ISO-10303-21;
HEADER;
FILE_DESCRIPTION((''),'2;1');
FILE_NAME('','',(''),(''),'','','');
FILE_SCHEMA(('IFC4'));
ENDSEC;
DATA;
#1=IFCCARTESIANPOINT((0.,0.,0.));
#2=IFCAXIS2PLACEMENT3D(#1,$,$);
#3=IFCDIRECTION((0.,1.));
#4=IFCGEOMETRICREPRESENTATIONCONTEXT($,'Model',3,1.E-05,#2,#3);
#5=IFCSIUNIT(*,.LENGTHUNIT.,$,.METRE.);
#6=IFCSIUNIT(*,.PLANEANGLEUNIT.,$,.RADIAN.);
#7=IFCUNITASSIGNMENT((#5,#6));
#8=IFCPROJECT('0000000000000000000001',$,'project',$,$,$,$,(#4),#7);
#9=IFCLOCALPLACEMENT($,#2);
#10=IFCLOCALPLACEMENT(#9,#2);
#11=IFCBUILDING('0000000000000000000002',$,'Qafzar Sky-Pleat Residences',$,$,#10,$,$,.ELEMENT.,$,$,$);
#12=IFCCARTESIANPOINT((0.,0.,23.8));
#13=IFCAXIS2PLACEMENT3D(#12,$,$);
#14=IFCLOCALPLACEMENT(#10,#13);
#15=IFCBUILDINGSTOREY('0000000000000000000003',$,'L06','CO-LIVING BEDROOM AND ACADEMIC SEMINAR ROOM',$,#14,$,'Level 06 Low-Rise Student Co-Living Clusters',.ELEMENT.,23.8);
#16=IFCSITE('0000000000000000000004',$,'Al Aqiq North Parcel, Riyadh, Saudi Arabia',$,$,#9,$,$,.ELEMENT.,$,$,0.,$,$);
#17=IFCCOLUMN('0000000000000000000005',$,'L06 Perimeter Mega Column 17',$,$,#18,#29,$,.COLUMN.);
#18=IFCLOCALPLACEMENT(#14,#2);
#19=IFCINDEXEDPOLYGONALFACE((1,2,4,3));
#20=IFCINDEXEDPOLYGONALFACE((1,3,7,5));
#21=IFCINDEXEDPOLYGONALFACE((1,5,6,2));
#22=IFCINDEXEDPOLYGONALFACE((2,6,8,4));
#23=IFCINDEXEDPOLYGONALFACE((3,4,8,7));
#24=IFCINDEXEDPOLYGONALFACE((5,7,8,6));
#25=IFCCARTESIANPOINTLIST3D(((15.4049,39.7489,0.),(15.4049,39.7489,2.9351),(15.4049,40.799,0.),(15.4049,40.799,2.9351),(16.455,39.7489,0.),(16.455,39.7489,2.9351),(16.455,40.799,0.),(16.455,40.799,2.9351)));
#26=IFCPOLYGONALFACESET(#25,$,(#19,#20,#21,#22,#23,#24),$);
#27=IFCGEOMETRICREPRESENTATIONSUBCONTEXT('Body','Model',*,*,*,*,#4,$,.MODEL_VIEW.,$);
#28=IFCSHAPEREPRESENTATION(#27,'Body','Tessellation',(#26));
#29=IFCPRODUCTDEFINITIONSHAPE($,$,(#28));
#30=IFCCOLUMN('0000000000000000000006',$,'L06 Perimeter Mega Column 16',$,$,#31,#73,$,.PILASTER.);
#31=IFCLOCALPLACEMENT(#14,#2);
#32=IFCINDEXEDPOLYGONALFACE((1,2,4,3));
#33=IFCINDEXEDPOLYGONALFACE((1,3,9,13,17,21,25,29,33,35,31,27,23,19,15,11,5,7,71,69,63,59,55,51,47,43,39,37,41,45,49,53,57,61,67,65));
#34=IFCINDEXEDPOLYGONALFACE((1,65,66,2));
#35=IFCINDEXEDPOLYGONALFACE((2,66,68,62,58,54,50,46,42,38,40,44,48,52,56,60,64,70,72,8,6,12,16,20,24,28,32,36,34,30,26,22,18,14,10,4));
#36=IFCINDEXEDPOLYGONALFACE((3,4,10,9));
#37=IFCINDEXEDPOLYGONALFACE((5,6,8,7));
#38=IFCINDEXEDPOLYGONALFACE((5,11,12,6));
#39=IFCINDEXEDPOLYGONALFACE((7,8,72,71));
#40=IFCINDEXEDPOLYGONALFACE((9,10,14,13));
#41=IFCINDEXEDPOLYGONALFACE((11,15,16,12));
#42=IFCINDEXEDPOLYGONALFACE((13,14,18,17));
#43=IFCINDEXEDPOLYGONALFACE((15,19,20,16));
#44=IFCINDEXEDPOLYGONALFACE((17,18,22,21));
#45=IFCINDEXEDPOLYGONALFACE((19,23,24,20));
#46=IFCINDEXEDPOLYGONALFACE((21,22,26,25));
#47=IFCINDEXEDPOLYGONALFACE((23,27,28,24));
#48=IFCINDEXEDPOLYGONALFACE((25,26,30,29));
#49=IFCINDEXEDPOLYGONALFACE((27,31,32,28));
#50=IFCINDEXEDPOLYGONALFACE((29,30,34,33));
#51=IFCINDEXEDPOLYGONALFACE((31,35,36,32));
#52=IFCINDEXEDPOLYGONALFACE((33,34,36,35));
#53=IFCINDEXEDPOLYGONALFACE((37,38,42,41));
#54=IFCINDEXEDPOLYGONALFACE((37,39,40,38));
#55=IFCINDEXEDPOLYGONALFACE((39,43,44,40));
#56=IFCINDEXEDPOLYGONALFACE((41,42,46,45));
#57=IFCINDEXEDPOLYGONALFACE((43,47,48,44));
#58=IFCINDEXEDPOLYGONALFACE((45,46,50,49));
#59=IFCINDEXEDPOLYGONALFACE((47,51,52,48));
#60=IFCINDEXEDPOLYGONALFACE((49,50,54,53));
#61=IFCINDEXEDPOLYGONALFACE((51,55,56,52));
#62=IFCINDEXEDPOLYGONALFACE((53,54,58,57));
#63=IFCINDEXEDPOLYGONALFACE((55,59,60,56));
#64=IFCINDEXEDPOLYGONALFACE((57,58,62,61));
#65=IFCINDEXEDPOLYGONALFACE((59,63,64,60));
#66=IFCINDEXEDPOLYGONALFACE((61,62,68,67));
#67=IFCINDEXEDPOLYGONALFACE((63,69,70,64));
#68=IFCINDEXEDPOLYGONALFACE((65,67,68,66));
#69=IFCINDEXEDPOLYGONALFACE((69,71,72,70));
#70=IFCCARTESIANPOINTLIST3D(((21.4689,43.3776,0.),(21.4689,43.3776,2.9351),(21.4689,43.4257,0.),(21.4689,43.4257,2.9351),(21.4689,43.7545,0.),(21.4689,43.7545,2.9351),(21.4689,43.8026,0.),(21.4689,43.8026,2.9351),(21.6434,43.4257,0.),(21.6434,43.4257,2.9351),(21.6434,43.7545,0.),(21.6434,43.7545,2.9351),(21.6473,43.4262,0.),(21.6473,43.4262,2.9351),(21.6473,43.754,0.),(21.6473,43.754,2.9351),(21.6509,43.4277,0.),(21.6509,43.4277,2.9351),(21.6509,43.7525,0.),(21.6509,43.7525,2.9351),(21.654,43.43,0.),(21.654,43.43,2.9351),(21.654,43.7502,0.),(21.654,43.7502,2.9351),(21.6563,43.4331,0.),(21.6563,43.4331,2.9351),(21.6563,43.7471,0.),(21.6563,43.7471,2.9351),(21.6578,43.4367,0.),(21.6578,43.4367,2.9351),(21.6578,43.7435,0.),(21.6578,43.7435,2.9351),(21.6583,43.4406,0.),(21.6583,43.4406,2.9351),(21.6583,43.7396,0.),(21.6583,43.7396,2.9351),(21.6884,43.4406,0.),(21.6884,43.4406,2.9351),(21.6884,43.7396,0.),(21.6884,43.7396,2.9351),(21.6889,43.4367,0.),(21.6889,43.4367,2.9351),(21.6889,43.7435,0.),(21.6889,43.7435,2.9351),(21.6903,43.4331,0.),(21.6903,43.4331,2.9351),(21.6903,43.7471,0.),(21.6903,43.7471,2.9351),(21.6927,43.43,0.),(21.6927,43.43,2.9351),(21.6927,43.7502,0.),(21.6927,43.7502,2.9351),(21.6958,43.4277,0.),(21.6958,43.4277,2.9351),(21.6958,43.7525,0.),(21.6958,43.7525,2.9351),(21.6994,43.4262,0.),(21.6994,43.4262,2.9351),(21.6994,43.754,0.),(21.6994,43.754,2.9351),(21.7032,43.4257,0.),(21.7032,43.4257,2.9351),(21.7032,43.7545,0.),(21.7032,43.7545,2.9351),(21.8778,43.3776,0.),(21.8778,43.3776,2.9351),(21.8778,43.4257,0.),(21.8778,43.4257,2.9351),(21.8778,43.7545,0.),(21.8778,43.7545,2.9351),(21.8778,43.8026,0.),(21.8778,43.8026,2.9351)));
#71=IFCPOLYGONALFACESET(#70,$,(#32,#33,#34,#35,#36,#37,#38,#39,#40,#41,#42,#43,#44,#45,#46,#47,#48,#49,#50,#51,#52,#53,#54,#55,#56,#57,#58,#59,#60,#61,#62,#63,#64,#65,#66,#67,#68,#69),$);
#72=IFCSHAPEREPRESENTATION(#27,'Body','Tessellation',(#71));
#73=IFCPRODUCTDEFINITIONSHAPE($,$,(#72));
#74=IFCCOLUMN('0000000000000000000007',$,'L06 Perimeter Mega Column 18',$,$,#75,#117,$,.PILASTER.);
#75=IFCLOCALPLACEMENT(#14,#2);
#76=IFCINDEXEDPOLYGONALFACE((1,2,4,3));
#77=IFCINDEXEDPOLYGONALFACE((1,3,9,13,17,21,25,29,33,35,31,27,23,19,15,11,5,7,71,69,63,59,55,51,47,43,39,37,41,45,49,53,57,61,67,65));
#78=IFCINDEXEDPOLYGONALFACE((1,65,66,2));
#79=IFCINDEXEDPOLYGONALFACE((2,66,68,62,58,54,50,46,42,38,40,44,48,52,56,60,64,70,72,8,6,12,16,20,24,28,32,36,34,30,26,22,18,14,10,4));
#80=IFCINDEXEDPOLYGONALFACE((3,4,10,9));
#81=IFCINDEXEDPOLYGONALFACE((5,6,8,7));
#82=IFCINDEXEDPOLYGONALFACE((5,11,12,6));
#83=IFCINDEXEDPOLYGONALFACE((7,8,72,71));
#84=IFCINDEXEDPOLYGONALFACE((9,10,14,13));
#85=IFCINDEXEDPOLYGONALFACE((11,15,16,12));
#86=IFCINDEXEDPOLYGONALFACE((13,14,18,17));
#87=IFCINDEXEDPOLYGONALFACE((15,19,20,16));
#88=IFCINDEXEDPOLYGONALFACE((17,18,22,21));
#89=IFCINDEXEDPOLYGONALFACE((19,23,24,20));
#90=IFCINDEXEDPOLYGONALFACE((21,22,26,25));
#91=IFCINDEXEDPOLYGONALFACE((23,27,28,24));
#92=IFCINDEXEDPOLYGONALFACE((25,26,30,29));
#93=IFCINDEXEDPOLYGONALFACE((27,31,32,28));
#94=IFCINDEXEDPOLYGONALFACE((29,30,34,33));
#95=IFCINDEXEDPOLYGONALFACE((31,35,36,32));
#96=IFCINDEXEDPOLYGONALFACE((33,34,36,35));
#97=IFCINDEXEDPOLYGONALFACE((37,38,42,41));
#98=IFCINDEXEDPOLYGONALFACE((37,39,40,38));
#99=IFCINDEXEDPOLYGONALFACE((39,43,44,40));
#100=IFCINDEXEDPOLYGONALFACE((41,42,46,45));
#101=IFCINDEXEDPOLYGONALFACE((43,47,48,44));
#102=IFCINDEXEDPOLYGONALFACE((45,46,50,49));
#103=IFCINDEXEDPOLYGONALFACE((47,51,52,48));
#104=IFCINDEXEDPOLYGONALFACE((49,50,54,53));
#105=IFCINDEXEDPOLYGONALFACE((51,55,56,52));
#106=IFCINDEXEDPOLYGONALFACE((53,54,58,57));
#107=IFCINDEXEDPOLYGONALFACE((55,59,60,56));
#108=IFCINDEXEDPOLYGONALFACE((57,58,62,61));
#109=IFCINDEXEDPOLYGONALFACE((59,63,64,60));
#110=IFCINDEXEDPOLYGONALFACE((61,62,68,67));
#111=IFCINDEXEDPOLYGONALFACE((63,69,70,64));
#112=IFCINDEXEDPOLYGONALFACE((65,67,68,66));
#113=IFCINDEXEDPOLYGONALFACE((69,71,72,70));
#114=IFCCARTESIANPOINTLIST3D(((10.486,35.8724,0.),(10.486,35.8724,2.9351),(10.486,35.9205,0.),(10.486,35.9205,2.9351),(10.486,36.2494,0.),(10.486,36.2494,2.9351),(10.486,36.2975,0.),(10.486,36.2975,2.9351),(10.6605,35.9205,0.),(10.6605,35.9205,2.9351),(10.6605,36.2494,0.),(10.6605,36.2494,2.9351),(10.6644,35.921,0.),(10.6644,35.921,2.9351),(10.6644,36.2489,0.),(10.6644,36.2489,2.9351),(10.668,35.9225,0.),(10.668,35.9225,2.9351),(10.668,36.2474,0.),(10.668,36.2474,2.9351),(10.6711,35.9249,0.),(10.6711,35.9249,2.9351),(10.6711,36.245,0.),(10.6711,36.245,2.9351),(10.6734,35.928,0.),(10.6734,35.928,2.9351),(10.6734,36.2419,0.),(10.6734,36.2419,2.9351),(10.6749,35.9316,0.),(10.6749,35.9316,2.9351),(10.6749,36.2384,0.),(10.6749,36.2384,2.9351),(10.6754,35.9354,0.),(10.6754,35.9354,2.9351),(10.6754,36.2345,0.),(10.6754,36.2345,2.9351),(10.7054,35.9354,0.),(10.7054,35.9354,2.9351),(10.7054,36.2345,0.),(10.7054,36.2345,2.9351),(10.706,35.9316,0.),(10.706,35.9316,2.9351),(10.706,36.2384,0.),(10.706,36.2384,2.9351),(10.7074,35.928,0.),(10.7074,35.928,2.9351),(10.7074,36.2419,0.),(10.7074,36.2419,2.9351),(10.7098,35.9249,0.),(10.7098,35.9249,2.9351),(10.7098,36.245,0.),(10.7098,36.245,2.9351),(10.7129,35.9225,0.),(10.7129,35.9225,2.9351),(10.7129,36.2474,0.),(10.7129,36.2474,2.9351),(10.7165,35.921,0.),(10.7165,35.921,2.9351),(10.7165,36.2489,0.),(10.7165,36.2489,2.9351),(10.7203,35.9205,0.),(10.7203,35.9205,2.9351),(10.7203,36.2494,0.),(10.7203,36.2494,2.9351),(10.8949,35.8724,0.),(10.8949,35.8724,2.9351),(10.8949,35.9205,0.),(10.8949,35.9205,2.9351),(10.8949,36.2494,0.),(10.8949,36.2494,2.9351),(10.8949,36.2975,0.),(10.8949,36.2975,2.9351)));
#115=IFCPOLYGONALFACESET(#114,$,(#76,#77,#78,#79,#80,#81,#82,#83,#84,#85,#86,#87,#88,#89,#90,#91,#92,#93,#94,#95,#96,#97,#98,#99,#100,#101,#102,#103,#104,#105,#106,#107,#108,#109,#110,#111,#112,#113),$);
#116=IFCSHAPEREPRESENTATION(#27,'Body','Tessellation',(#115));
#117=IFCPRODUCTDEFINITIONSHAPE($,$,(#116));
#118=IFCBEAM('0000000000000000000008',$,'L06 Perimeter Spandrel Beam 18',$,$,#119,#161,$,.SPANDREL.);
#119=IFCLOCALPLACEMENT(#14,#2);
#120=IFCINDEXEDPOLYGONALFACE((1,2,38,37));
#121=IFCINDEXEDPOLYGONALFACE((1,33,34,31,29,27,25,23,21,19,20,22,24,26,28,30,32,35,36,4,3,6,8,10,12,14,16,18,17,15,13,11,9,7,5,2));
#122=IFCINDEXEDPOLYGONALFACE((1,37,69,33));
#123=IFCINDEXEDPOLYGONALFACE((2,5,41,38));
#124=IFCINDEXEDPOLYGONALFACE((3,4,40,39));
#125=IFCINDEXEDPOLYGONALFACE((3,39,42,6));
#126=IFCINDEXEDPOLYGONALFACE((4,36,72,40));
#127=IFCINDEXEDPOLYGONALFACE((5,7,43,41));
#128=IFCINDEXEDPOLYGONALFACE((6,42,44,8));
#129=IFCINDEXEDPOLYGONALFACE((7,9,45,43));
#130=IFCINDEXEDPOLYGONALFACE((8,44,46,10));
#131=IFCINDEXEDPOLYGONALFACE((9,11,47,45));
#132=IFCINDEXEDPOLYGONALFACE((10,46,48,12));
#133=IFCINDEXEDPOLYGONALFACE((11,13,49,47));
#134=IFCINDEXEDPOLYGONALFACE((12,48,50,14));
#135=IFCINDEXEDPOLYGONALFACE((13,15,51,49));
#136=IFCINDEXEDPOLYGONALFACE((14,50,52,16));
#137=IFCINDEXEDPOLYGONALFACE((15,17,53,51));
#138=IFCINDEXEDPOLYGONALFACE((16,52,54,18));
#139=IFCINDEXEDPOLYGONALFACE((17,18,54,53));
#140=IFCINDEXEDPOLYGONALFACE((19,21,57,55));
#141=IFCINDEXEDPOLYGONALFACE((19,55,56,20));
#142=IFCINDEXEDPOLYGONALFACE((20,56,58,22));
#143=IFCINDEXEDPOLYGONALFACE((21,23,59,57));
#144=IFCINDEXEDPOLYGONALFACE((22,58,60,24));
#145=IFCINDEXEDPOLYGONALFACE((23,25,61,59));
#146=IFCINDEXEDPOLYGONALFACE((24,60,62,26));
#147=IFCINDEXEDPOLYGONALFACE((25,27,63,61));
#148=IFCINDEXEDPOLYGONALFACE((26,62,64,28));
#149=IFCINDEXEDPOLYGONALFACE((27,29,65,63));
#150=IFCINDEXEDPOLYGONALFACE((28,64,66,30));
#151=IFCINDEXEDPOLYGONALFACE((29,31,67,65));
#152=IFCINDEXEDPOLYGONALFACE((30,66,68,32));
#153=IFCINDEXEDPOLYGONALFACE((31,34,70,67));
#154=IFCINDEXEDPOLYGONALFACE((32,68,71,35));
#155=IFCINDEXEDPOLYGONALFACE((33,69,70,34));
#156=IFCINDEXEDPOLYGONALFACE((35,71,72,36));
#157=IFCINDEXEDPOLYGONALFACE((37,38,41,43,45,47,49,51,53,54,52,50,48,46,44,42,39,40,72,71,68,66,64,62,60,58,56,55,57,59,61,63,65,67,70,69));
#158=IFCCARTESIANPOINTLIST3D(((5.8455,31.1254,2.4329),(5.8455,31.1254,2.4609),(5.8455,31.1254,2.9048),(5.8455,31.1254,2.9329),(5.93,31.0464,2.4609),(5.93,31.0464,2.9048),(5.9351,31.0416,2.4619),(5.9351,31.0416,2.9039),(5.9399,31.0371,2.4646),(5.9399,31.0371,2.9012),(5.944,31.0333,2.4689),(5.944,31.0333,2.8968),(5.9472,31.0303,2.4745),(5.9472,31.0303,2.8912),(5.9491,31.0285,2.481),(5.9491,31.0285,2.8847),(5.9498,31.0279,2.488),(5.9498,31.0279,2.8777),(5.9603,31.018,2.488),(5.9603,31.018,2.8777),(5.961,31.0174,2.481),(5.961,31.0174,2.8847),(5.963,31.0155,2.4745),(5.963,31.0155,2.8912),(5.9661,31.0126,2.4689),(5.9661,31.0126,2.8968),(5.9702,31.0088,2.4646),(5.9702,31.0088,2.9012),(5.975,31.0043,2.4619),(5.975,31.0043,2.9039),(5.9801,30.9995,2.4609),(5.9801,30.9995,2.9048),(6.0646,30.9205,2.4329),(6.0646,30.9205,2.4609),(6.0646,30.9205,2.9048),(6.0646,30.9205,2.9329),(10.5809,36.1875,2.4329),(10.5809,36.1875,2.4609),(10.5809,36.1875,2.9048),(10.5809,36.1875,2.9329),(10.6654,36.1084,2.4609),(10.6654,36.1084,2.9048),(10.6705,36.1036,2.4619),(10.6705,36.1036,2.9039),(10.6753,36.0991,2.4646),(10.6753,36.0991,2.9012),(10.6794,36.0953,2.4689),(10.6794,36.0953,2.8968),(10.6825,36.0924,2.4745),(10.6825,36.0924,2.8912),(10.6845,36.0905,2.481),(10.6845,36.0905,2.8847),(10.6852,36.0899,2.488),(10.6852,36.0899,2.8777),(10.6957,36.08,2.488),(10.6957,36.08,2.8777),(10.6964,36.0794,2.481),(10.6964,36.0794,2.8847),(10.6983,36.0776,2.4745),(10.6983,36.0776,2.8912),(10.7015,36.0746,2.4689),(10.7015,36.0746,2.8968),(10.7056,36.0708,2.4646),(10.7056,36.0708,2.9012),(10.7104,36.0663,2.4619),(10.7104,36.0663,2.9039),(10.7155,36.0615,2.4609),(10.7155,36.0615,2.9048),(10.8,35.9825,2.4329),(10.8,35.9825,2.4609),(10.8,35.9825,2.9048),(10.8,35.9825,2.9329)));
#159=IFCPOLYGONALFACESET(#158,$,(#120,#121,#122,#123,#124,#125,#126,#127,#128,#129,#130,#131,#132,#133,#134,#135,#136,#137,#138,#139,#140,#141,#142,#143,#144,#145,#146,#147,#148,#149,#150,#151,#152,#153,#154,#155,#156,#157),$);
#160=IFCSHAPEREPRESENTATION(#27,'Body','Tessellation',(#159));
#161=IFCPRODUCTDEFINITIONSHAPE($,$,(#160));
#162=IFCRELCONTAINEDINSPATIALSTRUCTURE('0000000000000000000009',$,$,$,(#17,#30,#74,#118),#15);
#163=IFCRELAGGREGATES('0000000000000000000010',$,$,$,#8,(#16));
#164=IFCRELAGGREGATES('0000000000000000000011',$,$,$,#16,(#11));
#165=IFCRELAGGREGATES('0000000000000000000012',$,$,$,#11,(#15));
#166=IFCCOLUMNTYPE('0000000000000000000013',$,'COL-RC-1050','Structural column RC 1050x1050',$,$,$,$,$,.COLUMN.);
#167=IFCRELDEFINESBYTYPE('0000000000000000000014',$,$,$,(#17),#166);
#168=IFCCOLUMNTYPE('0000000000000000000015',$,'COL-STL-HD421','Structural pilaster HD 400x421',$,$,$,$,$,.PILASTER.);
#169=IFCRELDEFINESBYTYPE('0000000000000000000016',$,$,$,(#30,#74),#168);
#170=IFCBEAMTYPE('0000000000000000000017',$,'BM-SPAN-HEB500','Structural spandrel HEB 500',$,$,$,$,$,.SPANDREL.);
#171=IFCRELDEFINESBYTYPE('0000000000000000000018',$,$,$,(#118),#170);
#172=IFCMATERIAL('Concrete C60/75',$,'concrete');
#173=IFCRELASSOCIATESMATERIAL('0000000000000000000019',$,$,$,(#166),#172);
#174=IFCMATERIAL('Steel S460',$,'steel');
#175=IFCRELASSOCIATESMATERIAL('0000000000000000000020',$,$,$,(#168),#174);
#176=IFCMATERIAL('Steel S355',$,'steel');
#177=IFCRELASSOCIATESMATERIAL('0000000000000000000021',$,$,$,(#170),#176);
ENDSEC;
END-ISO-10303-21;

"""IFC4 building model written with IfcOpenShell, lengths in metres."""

from ifc_helpers import new_model, si_unit, direction, frame, origin, origin_2d, place, context, subcontext, project, spatial, rectangle, i_section, extrude, source, transform, mapped, material, material_profile, profile_set, type_object, element, save


model = new_model("IFC4")

# Units and contexts
model_context = context("Model", 3, precision=1e-05, world=origin(), true_north=direction((0.0, 1.0)))
body_context = subcontext(model_context, "Body", "Model", "MODEL_VIEW")
ifc_project = project(units=[si_unit("LENGTHUNIT", "METRE"), si_unit("PLANEANGLEUNIT", "RADIAN")], contexts=[model_context])

# Site, building, storey
site_placement = place(None, origin())
site = spatial("IfcSite", under=ifc_project, at=site_placement, Name="Al Aqiq North Parcel, Riyadh, Saudi Arabia", CompositionType="ELEMENT", RefElevation=0.0)
building_placement = place(site_placement, origin())
building = spatial("IfcBuilding", under=site, at=building_placement, Name="Qafzar Sky-Pleat Residences", CompositionType="ELEMENT")
storey_placement = place(building_placement, frame((0.0, 0.0, 23.8)))
storey = spatial("IfcBuildingStorey", under=building, at=storey_placement, Name="L06", Description="CO-LIVING BEDROOM AND ACADEMIC SEMINAR ROOM", LongName="Level 06 Low-Rise Student Co-Living Clusters", CompositionType="ELEMENT", Elevation=23.8)

# Columns
ifc_material_1 = material(Name="Concrete C60/75", Category="concrete")
ifc_material_profile_1 = material_profile(ifc_material_1, rectangle(XDim=1.05, YDim=1.05, at=origin_2d()), Name="RC 1050x1050")
ifc_profile_set_1 = profile_set([ifc_material_profile_1], Name="Concrete C60/75")
column_type_1 = type_object("IfcColumnType", Name="COL-RC-1050", Description="Structural column RC 1050x1050", PredefinedType="COLUMN", material=ifc_profile_set_1)
shared_shape_1 = source(origin(), body_context, "Body", "SweptSolid", [
    extrude(rectangle(XDim=1.05, YDim=1.05, at=origin_2d()), origin(), (0.0, 0.0, 1.0), 2.9351),
])
column_placement = place(storey_placement, frame((15.9299, 40.2739, 0.0), z_axis=(0.0, 0.0, 1.0), x_axis=(1.0, 0.0, 0.0)))
element("IfcColumn", 1, at=column_placement, inside=storey, type_object=column_type_1, Name="L06 Perimeter Mega Column 17", PredefinedType="COLUMN", context=body_context, shape_type="MappedRepresentation", body=[
    mapped(shared_shape_1, transform((0.0, 0.0, 0.0), x_axis=(1.0, 0.0, 0.0), y_axis=(0.0, 1.0, 0.0), z_axis=(0.0, 0.0, 1.0), scale=1.0)),
])
ifc_material_2 = material(Name="Steel S460", Category="steel")
ifc_material_profile_2 = material_profile(ifc_material_2, i_section(OverallWidth=0.4089, OverallDepth=0.425, WebThickness=0.03, FlangeThickness=0.0481, FilletRadius=0.0149, at=origin_2d()), Name="HD 400x421")
ifc_profile_set_2 = profile_set([ifc_material_profile_2], Name="Steel S460")
column_type_2 = type_object("IfcColumnType", Name="COL-STL-HD421", Description="Structural pilaster HD 400x421", PredefinedType="PILASTER", material=ifc_profile_set_2)
shared_shape_2 = source(origin(), body_context, "Body", "SweptSolid", [
    extrude(i_section(OverallWidth=0.4089, OverallDepth=0.425, WebThickness=0.03, FlangeThickness=0.0481, FilletRadius=0.0149, at=origin_2d()), origin(), (0.0, 0.0, 1.0), 2.9351),
])
for number, where, z_axis, x_axis, name in (
    (2, (21.6733, 43.5901, 0.0), (0.0, 0.0, 1.0), (1.0, 0.0, 0.0), "L06 Perimeter Mega Column 16"),
    (3, (10.6904, 36.085, 0.0), (0.0, 0.0, 1.0), (1.0, 0.0, 0.0), "L06 Perimeter Mega Column 18"),
):
    element("IfcColumn", number, at=place(storey_placement, frame(where, z_axis=z_axis, x_axis=x_axis)), inside=storey, type_object=column_type_2, Name=name, PredefinedType="PILASTER", context=body_context, shape_type="MappedRepresentation", body=[
        mapped(shared_shape_2, transform((0.0, 0.0, 0.0), x_axis=(1.0, 0.0, 0.0), y_axis=(0.0, 1.0, 0.0), z_axis=(0.0, 0.0, 1.0), scale=1.0)),
    ])

# Beam
ifc_material_3 = material(Name="Steel S355", Category="steel")
ifc_material_profile_3 = material_profile(ifc_material_3, i_section(OverallWidth=0.3, OverallDepth=0.5, WebThickness=0.0144, FlangeThickness=0.0281, FilletRadius=0.0271, at=origin_2d()), Name="HEB 500")
ifc_profile_set_3 = profile_set([ifc_material_profile_3], Name="Steel S355")
beam_type_1 = type_object("IfcBeamType", Name="BM-SPAN-HEB500", Description="Structural spandrel HEB 500", PredefinedType="SPANDREL", material=ifc_profile_set_3)
shared_shape_3 = source(origin(), body_context, "Body", "SweptSolid", [
    extrude(i_section(OverallWidth=0.3, OverallDepth=0.5, WebThickness=0.0144, FlangeThickness=0.0281, FilletRadius=0.0271, at=origin_2d()), origin(), (0.0, 0.0, 1.0), 6.9316),
])
beam_1_placement = place(storey_placement, frame((10.6904, 36.085, 2.6829), z_axis=(-0.683151, -0.730277, 0.0), x_axis=(0.730277, -0.683151, 0.0)))
element("IfcBeam", 4, at=beam_1_placement, inside=storey, type_object=beam_type_1, Name="L06 Perimeter Spandrel Beam 18", PredefinedType="SPANDREL", context=body_context, shape_type="MappedRepresentation", body=[
    mapped(shared_shape_3, transform((0.0, 0.0, 0.0), x_axis=(1.0, 0.0, 0.0), y_axis=(0.0, 1.0, 0.0), z_axis=(0.0, 0.0, 1.0), scale=1.0)),
])

save(model, "model.ifc")
